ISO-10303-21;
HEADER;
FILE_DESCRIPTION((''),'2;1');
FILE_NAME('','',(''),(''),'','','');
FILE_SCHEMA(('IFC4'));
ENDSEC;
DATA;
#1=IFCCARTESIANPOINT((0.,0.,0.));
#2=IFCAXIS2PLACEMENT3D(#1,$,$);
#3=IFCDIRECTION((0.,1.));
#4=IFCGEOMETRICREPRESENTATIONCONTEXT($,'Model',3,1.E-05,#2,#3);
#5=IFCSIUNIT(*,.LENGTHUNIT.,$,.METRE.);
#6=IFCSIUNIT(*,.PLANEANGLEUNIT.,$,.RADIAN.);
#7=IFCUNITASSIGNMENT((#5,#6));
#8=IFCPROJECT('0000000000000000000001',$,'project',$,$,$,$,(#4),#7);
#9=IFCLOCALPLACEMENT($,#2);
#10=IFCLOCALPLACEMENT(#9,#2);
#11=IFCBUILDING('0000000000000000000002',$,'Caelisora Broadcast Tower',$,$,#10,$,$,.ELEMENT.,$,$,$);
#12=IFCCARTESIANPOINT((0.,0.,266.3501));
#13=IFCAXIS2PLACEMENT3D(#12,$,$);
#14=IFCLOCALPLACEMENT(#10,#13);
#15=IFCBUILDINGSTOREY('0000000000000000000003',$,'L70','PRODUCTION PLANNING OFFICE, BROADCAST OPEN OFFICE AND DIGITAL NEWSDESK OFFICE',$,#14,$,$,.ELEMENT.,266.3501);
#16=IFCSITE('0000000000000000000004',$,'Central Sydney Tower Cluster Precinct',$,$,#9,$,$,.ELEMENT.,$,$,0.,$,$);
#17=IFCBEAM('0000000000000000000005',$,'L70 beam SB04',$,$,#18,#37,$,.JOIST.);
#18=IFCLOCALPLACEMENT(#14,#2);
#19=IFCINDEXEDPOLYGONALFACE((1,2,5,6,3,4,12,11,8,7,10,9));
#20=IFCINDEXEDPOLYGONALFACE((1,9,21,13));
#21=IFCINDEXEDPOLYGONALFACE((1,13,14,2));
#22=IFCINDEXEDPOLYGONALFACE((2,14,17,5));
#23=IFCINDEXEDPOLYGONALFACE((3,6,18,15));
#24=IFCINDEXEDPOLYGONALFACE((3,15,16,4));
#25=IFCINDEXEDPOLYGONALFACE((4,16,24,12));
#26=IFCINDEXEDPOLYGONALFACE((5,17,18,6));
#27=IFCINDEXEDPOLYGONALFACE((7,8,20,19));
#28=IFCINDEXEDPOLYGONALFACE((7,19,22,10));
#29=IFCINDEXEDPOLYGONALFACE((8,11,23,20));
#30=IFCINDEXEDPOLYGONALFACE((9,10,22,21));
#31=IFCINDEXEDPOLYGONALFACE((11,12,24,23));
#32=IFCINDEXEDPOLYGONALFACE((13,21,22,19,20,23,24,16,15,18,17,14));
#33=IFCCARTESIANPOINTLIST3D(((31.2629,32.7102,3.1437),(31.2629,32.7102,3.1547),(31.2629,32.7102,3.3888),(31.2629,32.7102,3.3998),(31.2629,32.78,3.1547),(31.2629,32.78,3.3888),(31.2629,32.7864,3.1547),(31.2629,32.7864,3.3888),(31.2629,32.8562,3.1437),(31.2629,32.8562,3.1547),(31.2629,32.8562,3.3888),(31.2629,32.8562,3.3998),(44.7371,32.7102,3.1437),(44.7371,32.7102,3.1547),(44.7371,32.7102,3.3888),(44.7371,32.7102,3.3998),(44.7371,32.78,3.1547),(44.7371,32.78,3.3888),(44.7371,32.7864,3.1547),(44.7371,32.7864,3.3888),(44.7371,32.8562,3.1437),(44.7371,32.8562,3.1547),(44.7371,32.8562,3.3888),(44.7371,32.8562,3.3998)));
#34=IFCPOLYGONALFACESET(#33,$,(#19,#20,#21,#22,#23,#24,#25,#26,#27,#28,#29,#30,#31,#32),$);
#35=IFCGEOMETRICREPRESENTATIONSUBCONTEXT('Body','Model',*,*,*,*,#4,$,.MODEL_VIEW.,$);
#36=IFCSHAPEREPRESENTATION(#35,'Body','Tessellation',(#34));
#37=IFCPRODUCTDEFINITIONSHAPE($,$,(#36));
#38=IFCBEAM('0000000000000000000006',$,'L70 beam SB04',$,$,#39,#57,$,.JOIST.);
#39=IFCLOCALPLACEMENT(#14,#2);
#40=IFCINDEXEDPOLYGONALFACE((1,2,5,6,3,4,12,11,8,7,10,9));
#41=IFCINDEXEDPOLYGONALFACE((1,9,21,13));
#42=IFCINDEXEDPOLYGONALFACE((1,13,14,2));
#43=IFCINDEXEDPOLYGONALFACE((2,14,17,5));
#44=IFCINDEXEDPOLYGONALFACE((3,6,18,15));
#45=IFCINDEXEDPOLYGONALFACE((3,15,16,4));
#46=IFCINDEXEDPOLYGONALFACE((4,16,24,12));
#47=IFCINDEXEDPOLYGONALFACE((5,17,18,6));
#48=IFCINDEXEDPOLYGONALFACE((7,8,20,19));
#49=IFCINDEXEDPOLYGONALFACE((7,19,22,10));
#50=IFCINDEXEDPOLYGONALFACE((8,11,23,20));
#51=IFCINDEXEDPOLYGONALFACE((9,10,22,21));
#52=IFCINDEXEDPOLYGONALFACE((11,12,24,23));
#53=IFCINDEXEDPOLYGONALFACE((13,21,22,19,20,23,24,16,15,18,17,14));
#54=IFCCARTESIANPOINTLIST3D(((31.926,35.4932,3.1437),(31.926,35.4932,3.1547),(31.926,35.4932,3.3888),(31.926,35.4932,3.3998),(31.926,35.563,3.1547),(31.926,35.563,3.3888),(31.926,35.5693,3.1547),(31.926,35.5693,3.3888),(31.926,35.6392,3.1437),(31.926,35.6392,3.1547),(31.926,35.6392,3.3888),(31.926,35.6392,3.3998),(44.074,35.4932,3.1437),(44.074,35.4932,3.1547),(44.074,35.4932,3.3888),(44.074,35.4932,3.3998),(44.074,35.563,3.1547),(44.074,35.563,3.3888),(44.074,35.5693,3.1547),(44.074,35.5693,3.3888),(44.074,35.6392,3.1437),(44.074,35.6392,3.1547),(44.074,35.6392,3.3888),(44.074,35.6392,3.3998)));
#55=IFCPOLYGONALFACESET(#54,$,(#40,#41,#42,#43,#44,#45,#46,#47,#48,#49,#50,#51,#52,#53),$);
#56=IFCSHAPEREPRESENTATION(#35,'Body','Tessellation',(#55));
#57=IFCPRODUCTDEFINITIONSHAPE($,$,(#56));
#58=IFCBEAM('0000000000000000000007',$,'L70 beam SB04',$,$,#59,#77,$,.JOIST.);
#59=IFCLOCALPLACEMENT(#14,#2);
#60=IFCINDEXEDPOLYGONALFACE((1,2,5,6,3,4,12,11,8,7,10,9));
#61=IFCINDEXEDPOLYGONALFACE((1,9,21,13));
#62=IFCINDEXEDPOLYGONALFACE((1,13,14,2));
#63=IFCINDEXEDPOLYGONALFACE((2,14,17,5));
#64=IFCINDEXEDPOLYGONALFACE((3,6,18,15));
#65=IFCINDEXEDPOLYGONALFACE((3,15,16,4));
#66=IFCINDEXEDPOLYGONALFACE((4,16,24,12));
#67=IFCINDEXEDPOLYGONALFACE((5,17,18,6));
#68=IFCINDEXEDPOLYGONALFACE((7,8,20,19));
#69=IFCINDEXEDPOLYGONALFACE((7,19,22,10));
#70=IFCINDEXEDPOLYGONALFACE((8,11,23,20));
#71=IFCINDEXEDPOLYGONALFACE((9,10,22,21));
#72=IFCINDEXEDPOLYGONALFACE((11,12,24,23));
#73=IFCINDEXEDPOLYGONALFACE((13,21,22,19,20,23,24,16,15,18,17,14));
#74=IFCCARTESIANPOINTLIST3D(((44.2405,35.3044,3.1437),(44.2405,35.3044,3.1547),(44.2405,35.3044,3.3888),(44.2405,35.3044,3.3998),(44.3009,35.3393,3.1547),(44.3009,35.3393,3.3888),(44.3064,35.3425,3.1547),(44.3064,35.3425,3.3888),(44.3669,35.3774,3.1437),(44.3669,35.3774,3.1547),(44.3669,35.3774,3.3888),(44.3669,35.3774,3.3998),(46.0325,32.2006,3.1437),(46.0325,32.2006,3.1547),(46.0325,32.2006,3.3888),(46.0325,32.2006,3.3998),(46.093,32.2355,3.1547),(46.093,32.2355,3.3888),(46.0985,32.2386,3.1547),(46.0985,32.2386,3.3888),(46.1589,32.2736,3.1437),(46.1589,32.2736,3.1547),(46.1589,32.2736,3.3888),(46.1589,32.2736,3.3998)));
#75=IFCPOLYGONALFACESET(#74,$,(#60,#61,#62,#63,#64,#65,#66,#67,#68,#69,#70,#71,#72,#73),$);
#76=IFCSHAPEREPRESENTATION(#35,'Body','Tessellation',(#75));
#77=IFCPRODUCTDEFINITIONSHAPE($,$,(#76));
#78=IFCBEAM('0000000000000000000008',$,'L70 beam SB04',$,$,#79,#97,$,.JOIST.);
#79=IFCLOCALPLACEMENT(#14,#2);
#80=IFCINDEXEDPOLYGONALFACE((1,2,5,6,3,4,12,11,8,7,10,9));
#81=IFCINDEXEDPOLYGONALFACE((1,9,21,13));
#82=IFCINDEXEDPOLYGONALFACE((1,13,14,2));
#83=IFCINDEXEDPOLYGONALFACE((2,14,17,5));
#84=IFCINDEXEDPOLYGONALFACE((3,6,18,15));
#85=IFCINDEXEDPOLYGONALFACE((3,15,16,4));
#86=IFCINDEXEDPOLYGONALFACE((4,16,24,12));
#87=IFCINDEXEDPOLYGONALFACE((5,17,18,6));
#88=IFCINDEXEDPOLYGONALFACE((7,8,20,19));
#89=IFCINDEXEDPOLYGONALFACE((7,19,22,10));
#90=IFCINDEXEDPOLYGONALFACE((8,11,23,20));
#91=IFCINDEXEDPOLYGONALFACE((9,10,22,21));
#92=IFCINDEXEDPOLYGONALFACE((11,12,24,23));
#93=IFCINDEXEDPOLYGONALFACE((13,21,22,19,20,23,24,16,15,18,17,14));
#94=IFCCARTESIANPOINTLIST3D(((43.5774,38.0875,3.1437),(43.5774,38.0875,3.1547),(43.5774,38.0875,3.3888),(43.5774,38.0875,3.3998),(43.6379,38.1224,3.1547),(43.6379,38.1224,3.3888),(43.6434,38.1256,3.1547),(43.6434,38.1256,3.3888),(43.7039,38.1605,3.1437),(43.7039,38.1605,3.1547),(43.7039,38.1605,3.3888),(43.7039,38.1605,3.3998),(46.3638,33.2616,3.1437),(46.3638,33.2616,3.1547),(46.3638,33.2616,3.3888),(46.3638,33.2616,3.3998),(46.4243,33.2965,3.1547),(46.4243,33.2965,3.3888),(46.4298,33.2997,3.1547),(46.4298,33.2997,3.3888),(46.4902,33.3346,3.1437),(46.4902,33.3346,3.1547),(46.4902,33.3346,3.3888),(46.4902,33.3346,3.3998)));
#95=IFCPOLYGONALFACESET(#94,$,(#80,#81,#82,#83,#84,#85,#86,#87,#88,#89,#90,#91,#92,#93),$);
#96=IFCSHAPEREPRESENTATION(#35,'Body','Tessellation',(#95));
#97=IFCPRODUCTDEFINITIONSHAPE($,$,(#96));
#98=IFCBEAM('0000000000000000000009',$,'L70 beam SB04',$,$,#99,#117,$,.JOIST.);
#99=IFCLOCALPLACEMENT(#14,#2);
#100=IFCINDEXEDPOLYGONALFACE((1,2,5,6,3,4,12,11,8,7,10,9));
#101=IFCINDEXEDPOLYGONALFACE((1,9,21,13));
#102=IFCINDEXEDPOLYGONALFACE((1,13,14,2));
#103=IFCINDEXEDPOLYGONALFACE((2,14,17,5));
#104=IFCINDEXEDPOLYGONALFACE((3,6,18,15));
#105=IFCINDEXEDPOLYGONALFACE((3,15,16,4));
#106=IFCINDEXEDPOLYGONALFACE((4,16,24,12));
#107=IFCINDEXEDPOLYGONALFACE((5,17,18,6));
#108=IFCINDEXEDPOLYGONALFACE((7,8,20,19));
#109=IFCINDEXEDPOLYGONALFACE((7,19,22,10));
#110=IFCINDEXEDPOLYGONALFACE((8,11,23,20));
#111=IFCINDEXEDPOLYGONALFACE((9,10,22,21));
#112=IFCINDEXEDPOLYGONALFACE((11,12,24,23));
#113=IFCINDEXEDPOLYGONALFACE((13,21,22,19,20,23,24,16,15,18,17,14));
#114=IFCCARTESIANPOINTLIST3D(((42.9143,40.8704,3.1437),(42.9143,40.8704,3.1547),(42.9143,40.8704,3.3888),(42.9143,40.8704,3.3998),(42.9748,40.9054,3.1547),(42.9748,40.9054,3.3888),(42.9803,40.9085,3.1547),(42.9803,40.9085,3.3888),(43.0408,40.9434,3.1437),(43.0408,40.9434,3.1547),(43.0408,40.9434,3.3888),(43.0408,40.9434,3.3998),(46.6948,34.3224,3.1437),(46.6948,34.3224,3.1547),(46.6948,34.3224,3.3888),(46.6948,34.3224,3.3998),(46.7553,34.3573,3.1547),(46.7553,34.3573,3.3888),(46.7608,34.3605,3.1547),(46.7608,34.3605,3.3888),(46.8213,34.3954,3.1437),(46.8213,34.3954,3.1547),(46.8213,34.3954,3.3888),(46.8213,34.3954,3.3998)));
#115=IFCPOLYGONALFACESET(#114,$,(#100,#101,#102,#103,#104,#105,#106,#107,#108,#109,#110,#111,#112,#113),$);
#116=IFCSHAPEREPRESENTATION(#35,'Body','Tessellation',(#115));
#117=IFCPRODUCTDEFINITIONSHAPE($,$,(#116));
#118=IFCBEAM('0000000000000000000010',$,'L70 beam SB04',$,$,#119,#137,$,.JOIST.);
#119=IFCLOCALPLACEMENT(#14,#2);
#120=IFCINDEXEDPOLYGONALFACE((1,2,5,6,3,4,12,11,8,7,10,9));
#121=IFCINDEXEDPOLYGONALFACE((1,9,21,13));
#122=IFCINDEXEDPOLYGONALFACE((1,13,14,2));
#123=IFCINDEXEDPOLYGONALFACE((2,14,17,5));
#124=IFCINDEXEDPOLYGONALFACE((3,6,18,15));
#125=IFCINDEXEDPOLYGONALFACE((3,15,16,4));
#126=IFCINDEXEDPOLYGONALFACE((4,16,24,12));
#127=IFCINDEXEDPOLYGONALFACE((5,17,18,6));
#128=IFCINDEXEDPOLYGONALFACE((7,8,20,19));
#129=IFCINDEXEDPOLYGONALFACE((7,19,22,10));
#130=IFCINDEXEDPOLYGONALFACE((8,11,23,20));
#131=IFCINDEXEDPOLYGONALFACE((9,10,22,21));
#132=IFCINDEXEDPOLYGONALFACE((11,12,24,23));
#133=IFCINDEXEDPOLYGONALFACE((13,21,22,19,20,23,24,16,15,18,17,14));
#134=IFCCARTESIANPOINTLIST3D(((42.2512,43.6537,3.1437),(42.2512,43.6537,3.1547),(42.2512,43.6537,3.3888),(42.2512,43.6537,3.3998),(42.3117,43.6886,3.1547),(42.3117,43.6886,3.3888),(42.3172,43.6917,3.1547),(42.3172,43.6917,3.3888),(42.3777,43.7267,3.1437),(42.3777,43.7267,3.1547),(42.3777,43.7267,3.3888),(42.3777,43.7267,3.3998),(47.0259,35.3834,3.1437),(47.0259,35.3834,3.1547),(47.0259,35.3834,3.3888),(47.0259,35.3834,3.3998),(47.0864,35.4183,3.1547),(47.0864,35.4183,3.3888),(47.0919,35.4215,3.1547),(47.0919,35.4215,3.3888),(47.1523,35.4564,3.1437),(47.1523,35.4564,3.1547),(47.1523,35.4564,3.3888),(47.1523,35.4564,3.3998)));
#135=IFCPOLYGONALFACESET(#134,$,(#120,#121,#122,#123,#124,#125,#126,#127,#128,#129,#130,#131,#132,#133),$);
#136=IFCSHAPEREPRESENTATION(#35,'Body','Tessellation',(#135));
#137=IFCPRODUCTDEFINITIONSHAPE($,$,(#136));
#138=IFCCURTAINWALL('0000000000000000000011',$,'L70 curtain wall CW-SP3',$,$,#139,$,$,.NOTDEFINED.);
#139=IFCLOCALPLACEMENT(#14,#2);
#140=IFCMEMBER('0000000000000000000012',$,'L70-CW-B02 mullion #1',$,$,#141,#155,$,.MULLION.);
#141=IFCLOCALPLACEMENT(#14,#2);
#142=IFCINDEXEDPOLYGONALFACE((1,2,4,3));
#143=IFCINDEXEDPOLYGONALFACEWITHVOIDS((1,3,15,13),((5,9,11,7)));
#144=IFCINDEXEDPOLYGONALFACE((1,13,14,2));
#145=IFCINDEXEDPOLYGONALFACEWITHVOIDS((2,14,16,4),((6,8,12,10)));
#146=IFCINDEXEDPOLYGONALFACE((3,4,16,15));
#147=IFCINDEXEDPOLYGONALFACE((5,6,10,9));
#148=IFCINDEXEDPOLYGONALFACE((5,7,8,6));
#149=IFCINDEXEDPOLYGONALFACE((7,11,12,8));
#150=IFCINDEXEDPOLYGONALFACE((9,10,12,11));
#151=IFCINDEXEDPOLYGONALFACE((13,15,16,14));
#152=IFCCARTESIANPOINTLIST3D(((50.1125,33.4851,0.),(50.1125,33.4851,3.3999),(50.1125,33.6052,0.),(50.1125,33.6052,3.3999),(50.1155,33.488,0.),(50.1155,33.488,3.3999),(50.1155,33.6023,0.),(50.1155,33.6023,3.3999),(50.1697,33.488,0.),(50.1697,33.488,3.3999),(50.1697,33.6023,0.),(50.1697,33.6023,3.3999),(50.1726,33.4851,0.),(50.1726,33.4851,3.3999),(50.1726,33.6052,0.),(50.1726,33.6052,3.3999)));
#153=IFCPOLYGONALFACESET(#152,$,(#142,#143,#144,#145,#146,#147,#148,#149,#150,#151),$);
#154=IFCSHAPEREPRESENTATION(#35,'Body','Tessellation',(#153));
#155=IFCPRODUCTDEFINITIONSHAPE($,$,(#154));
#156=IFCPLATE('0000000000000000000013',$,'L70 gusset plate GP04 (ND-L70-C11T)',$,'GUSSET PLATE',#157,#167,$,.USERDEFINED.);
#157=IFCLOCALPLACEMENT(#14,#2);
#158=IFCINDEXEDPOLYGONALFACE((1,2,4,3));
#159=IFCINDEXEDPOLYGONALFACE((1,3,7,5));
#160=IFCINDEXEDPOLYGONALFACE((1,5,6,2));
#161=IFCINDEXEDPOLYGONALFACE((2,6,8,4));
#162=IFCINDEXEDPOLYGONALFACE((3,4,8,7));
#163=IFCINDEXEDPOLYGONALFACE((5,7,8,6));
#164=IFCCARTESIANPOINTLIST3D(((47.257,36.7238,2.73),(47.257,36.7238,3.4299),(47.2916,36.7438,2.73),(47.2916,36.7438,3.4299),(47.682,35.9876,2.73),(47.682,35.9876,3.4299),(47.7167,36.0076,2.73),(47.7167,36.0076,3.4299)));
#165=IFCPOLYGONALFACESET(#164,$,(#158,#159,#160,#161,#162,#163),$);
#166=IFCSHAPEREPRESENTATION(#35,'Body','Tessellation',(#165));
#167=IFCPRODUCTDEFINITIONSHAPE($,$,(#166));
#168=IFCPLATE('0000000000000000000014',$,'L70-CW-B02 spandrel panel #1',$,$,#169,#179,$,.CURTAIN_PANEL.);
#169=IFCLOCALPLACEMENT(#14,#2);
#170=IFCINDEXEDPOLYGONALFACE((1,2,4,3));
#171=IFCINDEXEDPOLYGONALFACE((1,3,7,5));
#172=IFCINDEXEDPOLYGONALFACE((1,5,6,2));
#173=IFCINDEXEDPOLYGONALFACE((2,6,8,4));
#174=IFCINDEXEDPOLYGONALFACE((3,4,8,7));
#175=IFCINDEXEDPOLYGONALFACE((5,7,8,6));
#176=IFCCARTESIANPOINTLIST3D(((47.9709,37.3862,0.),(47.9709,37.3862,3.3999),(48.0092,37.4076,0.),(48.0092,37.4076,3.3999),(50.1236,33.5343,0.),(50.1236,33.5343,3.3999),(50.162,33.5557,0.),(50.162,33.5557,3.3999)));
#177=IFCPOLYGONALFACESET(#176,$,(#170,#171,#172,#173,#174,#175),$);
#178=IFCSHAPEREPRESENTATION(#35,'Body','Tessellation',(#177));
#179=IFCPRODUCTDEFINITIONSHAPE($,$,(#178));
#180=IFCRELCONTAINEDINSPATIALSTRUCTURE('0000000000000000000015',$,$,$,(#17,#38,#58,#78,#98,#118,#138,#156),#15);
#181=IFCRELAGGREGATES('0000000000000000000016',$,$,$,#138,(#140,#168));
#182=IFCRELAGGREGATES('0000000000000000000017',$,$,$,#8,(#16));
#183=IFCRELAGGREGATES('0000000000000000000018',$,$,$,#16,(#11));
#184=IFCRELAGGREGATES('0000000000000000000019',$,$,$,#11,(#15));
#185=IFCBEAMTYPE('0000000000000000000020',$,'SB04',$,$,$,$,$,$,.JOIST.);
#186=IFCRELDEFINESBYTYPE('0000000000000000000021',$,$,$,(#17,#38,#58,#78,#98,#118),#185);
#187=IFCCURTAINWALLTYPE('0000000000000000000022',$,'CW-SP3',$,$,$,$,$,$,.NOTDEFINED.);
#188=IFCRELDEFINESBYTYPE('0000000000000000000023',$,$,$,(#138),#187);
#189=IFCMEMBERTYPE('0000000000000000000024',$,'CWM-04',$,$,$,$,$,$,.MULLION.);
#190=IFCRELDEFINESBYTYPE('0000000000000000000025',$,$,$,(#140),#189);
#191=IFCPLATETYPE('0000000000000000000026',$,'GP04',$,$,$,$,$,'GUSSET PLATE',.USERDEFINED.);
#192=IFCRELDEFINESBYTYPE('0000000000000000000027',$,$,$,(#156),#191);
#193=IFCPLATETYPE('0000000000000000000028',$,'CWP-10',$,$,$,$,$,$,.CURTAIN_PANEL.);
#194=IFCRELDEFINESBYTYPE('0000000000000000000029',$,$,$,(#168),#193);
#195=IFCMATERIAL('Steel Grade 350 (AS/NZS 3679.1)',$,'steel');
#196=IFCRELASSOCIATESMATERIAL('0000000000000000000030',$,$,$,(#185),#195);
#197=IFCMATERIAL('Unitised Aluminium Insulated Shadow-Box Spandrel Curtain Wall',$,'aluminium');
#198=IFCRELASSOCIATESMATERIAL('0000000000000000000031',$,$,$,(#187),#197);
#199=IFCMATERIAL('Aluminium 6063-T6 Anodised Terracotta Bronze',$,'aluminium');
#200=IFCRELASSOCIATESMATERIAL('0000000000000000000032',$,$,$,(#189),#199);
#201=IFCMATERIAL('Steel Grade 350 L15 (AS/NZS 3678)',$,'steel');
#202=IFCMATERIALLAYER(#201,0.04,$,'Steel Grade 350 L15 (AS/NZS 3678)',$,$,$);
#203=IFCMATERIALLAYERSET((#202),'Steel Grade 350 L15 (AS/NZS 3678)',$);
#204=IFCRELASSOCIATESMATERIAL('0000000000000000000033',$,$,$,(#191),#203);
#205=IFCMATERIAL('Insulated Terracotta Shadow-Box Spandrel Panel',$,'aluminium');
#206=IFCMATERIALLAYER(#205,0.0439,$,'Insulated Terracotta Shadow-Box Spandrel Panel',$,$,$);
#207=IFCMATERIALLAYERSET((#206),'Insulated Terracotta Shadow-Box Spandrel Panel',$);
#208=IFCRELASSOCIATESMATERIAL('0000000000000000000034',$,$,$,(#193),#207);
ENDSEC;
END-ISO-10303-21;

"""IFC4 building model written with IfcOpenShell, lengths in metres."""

from ifc_helpers import new_model, si_unit, direction, frame, origin, origin_2d, place, context, subcontext, project, spatial, rectangle, hollow_rectangle, i_section, extrude, source, transform, mapped, material, layer, layer_set, material_profile, profile_set, type_object, type_shapes, element, aggregate, save


model = new_model("IFC4")

# Units and contexts
model_context = context("Model", 3, precision=1e-05, world=origin(), true_north=direction((0.0, 1.0)))
body_context = subcontext(model_context, "Body", "Model", "MODEL_VIEW")
ifc_project = project(units=[si_unit("LENGTHUNIT", "METRE"), si_unit("PLANEANGLEUNIT", "RADIAN")], contexts=[model_context])

# Site, building, storey
site_placement = place(None, origin())
site = spatial("IfcSite", under=ifc_project, at=site_placement, Name="Central Sydney Tower Cluster Precinct", CompositionType="ELEMENT", RefElevation=0.0)
building_placement = place(site_placement, origin())
building = spatial("IfcBuilding", under=site, at=building_placement, Name="Caelisora Broadcast Tower", CompositionType="ELEMENT")
storey_placement = place(building_placement, frame((0.0, 0.0, 266.3501)))
storey = spatial("IfcBuildingStorey", under=building, at=storey_placement, Name="L70", Description="PRODUCTION PLANNING OFFICE, BROADCAST OPEN OFFICE AND DIGITAL NEWSDESK OFFICE", CompositionType="ELEMENT", Elevation=266.3501)

# Beams
ifc_material_1 = material(Name="Steel Grade 350 (AS/NZS 3679.1)", Category="steel")
ifc_material_profile_1 = material_profile(ifc_material_1, i_section(OverallWidth=0.146, OverallDepth=0.2561, WebThickness=0.0063, FlangeThickness=0.011, at=origin_2d()), Name="Steel Grade 350 (AS/NZS 3679.1)")
ifc_profile_set_1 = profile_set([ifc_material_profile_1], Name="Steel Grade 350 (AS/NZS 3679.1)")
beam_type = type_object("IfcBeamType", Name="SB04", PredefinedType="JOIST", material=ifc_profile_set_1)
shared_shape_1 = source(origin(), body_context, "Body", "SweptSolid", [
    extrude(i_section(OverallWidth=0.146, OverallDepth=0.2561, WebThickness=0.0063, FlangeThickness=0.011, at=origin_2d()), origin(), (0.0, 0.0, 1.0), 13.4741),
])
beam_1_placement = place(storey_placement, frame((44.7371, 32.7832, 3.2717), z_axis=(-1.0, 0.0, 0.0), x_axis=(0.0, -1.0, 0.0)))
element("IfcBeam", 1, at=beam_1_placement, inside=storey, type_object=beam_type, Name="L70 beam SB04", PredefinedType="JOIST", context=body_context, shape_type="MappedRepresentation", body=[
    mapped(shared_shape_1, transform((0.0, 0.0, 0.0), scale=1.0)),
])
shared_shape_2 = source(origin(), body_context, "Body", "SweptSolid", [
    extrude(i_section(OverallWidth=0.146, OverallDepth=0.2561, WebThickness=0.0063, FlangeThickness=0.011, at=origin_2d()), origin(), (0.0, 0.0, 1.0), 12.1479),
])
beam_2_placement = place(storey_placement, frame((44.074, 35.5662, 3.2717), z_axis=(-1.0, 0.0, 0.0), x_axis=(0.0, -1.0, 0.0)))
element("IfcBeam", 2, at=beam_2_placement, inside=storey, type_object=beam_type, Name="L70 beam SB04", PredefinedType="JOIST", context=body_context, shape_type="MappedRepresentation", body=[
    mapped(shared_shape_2, transform((0.0, 0.0, 0.0), scale=1.0)),
])
shared_shape_3 = source(origin(), body_context, "Body", "SweptSolid", [
    extrude(i_section(OverallWidth=0.146, OverallDepth=0.2561, WebThickness=0.0063, FlangeThickness=0.011, at=origin_2d()), origin(), (0.0, 0.0, 1.0), 3.584),
])
beam_3_placement = place(storey_placement, frame((46.0957, 32.2371, 3.2717), z_axis=(-0.500007, 0.866021, 0.0), x_axis=(-0.866021, -0.500007, 0.0)))
element("IfcBeam", 3, at=beam_3_placement, inside=storey, type_object=beam_type, Name="L70 beam SB04", PredefinedType="JOIST", context=body_context, shape_type="MappedRepresentation", body=[
    mapped(shared_shape_3, transform((0.0, 0.0, 0.0), scale=1.0)),
])
shared_shape_4 = source(origin(), body_context, "Body", "SweptSolid", [
    extrude(i_section(OverallWidth=0.146, OverallDepth=0.2561, WebThickness=0.0063, FlangeThickness=0.011, at=origin_2d()), origin(), (0.0, 0.0, 1.0), 5.5725),
])
beam_4_placement = place(storey_placement, frame((46.427, 33.2981, 3.2717), z_axis=(-0.500017, 0.866016, 0.0), x_axis=(-0.866016, -0.500017, 0.0)))
element("IfcBeam", 4, at=beam_4_placement, inside=storey, type_object=beam_type, Name="L70 beam SB04", PredefinedType="JOIST", context=body_context, shape_type="MappedRepresentation", body=[
    mapped(shared_shape_4, transform((0.0, 0.0, 0.0), scale=1.0)),
])
shared_shape_5 = source(origin(), body_context, "Body", "SweptSolid", [
    extrude(i_section(OverallWidth=0.146, OverallDepth=0.2561, WebThickness=0.0063, FlangeThickness=0.011, at=origin_2d()), origin(), (0.0, 0.0, 1.0), 7.561),
])
beam_5_placement = place(storey_placement, frame((46.7581, 34.3589, 3.2717), z_axis=(-0.499997, 0.866027, 0.0), x_axis=(-0.866027, -0.499997, 0.0)))
element("IfcBeam", 5, at=beam_5_placement, inside=storey, type_object=beam_type, Name="L70 beam SB04", PredefinedType="JOIST", context=body_context, shape_type="MappedRepresentation", body=[
    mapped(shared_shape_5, transform((0.0, 0.0, 0.0), scale=1.0)),
])
shared_shape_6 = source(origin(), body_context, "Body", "SweptSolid", [
    extrude(i_section(OverallWidth=0.146, OverallDepth=0.2561, WebThickness=0.0063, FlangeThickness=0.011, at=origin_2d()), origin(), (0.0, 0.0, 1.0), 9.5496),
])
type_shapes(beam_type, [shared_shape_1, shared_shape_2, shared_shape_3, shared_shape_4, shared_shape_5, shared_shape_6])
beam_6_placement = place(storey_placement, frame((47.0891, 35.4199, 3.2717), z_axis=(-0.499986, 0.866034, 0.0), x_axis=(-0.866034, -0.499986, 0.0)))
element("IfcBeam", 6, at=beam_6_placement, inside=storey, type_object=beam_type, Name="L70 beam SB04", PredefinedType="JOIST", context=body_context, shape_type="MappedRepresentation", body=[
    mapped(shared_shape_6, transform((0.0, 0.0, 0.0), scale=1.0)),
])

# Curtain wall, member
ifc_material_2 = material(Name="Unitised Aluminium Insulated Shadow-Box Spandrel Curtain Wall", Category="aluminium")
curtain_wall_type = type_object("IfcCurtainWallType", Name="CW-SP3", PredefinedType="NOTDEFINED", material=ifc_material_2)
curtain_wall_placement = place(storey_placement, origin())
curtain_wall = element("IfcCurtainWall", 7, at=curtain_wall_placement, inside=storey, type_object=curtain_wall_type, Name="L70 curtain wall CW-SP3", PredefinedType="NOTDEFINED")
ifc_material_3 = material(Name="Aluminium 6063-T6 Anodised Terracotta Bronze", Category="aluminium")
ifc_material_profile_2 = material_profile(ifc_material_3, hollow_rectangle(XDim=0.0601, YDim=0.1201, WallThickness=0.0029, at=origin_2d()), Name="Aluminium 6063-T6 Anodised Terracotta Bronze")
ifc_profile_set_2 = profile_set([ifc_material_profile_2], Name="Aluminium 6063-T6 Anodised Terracotta Bronze")
member_type = type_object("IfcMemberType", Name="CWM-04", PredefinedType="MULLION", material=ifc_profile_set_2)
shared_shape_7 = source(origin(), body_context, "Body", "SweptSolid", [
    extrude(hollow_rectangle(XDim=0.0601, YDim=0.1201, WallThickness=0.0029, at=origin_2d()), origin(), (0.0, 0.0, 1.0), 3.3999),
])
type_shapes(member_type, [shared_shape_7])
member_placement = place(storey_placement, frame((50.1426, 33.5452, 0.0), z_axis=(0.0, 0.0, 1.0), x_axis=(1.0, 0.0, 0.0)))
member = element("IfcMember", 8, at=member_placement, type_object=member_type, Name="L70-CW-B02 mullion #1", PredefinedType="MULLION", context=body_context, shape_type="MappedRepresentation", body=[
    mapped(shared_shape_7, transform((0.0, 0.0, 0.0), scale=1.0)),
])

# Plates
ifc_material_4 = material(Name="Steel Grade 350 L15 (AS/NZS 3678)", Category="steel")
ifc_layer_1 = layer(ifc_material_4, 0.04, Name="Steel Grade 350 L15 (AS/NZS 3678)")
ifc_layer_set_1 = layer_set([ifc_layer_1], Name="Steel Grade 350 L15 (AS/NZS 3678)")
plate_type_1 = type_object("IfcPlateType", Name="GP04", ElementType="GUSSET PLATE", PredefinedType="USERDEFINED", material=ifc_layer_set_1)
shared_shape_8 = source(origin(), body_context, "Body", "SweptSolid", [
    extrude(rectangle(XDim=0.8501, YDim=0.04, at=origin_2d()), origin(), (0.0, 0.0, 1.0), 0.7),
])
type_shapes(plate_type_1, [shared_shape_8])
plate_1_placement = place(storey_placement, frame((47.4868, 36.3657, 2.73), z_axis=(0.0, 0.0, 1.0), x_axis=(-0.5, 0.866025, 0.0)))
element("IfcPlate", 9, at=plate_1_placement, inside=storey, type_object=plate_type_1, Name="L70 gusset plate GP04 (ND-L70-C11T)", ObjectType="GUSSET PLATE", PredefinedType="USERDEFINED", context=body_context, shape_type="MappedRepresentation", body=[
    mapped(shared_shape_8, transform((0.0, 0.0, 0.0), scale=1.0)),
])
ifc_material_5 = material(Name="Insulated Terracotta Shadow-Box Spandrel Panel", Category="aluminium")
ifc_layer_2 = layer(ifc_material_5, 0.0439, Name="Insulated Terracotta Shadow-Box Spandrel Panel")
ifc_layer_set_2 = layer_set([ifc_layer_2], Name="Insulated Terracotta Shadow-Box Spandrel Panel")
plate_type_2 = type_object("IfcPlateType", Name="CWP-10", PredefinedType="CURTAIN_PANEL", material=ifc_layer_set_2)
shared_shape_9 = source(origin(), body_context, "Body", "SweptSolid", [
    extrude(rectangle(XDim=4.4126, YDim=0.0439, at=origin_2d()), origin(), (0.0, 0.0, 1.0), 3.3999),
])
type_shapes(plate_type_2, [shared_shape_9])
plate_2_placement = place(storey_placement, frame((49.0664, 35.4709, 0.0), z_axis=(0.0, 0.0, 1.0), x_axis=(0.48786, -0.872922, 0.0)))
plate_2 = element("IfcPlate", 10, at=plate_2_placement, type_object=plate_type_2, Name="L70-CW-B02 spandrel panel #1", PredefinedType="CURTAIN_PANEL", context=body_context, shape_type="MappedRepresentation", body=[
    mapped(shared_shape_9, transform((0.0, 0.0, 0.0), scale=1.0)),
])
aggregate(curtain_wall, [member, plate_2])

save(model, "model.ifc")
